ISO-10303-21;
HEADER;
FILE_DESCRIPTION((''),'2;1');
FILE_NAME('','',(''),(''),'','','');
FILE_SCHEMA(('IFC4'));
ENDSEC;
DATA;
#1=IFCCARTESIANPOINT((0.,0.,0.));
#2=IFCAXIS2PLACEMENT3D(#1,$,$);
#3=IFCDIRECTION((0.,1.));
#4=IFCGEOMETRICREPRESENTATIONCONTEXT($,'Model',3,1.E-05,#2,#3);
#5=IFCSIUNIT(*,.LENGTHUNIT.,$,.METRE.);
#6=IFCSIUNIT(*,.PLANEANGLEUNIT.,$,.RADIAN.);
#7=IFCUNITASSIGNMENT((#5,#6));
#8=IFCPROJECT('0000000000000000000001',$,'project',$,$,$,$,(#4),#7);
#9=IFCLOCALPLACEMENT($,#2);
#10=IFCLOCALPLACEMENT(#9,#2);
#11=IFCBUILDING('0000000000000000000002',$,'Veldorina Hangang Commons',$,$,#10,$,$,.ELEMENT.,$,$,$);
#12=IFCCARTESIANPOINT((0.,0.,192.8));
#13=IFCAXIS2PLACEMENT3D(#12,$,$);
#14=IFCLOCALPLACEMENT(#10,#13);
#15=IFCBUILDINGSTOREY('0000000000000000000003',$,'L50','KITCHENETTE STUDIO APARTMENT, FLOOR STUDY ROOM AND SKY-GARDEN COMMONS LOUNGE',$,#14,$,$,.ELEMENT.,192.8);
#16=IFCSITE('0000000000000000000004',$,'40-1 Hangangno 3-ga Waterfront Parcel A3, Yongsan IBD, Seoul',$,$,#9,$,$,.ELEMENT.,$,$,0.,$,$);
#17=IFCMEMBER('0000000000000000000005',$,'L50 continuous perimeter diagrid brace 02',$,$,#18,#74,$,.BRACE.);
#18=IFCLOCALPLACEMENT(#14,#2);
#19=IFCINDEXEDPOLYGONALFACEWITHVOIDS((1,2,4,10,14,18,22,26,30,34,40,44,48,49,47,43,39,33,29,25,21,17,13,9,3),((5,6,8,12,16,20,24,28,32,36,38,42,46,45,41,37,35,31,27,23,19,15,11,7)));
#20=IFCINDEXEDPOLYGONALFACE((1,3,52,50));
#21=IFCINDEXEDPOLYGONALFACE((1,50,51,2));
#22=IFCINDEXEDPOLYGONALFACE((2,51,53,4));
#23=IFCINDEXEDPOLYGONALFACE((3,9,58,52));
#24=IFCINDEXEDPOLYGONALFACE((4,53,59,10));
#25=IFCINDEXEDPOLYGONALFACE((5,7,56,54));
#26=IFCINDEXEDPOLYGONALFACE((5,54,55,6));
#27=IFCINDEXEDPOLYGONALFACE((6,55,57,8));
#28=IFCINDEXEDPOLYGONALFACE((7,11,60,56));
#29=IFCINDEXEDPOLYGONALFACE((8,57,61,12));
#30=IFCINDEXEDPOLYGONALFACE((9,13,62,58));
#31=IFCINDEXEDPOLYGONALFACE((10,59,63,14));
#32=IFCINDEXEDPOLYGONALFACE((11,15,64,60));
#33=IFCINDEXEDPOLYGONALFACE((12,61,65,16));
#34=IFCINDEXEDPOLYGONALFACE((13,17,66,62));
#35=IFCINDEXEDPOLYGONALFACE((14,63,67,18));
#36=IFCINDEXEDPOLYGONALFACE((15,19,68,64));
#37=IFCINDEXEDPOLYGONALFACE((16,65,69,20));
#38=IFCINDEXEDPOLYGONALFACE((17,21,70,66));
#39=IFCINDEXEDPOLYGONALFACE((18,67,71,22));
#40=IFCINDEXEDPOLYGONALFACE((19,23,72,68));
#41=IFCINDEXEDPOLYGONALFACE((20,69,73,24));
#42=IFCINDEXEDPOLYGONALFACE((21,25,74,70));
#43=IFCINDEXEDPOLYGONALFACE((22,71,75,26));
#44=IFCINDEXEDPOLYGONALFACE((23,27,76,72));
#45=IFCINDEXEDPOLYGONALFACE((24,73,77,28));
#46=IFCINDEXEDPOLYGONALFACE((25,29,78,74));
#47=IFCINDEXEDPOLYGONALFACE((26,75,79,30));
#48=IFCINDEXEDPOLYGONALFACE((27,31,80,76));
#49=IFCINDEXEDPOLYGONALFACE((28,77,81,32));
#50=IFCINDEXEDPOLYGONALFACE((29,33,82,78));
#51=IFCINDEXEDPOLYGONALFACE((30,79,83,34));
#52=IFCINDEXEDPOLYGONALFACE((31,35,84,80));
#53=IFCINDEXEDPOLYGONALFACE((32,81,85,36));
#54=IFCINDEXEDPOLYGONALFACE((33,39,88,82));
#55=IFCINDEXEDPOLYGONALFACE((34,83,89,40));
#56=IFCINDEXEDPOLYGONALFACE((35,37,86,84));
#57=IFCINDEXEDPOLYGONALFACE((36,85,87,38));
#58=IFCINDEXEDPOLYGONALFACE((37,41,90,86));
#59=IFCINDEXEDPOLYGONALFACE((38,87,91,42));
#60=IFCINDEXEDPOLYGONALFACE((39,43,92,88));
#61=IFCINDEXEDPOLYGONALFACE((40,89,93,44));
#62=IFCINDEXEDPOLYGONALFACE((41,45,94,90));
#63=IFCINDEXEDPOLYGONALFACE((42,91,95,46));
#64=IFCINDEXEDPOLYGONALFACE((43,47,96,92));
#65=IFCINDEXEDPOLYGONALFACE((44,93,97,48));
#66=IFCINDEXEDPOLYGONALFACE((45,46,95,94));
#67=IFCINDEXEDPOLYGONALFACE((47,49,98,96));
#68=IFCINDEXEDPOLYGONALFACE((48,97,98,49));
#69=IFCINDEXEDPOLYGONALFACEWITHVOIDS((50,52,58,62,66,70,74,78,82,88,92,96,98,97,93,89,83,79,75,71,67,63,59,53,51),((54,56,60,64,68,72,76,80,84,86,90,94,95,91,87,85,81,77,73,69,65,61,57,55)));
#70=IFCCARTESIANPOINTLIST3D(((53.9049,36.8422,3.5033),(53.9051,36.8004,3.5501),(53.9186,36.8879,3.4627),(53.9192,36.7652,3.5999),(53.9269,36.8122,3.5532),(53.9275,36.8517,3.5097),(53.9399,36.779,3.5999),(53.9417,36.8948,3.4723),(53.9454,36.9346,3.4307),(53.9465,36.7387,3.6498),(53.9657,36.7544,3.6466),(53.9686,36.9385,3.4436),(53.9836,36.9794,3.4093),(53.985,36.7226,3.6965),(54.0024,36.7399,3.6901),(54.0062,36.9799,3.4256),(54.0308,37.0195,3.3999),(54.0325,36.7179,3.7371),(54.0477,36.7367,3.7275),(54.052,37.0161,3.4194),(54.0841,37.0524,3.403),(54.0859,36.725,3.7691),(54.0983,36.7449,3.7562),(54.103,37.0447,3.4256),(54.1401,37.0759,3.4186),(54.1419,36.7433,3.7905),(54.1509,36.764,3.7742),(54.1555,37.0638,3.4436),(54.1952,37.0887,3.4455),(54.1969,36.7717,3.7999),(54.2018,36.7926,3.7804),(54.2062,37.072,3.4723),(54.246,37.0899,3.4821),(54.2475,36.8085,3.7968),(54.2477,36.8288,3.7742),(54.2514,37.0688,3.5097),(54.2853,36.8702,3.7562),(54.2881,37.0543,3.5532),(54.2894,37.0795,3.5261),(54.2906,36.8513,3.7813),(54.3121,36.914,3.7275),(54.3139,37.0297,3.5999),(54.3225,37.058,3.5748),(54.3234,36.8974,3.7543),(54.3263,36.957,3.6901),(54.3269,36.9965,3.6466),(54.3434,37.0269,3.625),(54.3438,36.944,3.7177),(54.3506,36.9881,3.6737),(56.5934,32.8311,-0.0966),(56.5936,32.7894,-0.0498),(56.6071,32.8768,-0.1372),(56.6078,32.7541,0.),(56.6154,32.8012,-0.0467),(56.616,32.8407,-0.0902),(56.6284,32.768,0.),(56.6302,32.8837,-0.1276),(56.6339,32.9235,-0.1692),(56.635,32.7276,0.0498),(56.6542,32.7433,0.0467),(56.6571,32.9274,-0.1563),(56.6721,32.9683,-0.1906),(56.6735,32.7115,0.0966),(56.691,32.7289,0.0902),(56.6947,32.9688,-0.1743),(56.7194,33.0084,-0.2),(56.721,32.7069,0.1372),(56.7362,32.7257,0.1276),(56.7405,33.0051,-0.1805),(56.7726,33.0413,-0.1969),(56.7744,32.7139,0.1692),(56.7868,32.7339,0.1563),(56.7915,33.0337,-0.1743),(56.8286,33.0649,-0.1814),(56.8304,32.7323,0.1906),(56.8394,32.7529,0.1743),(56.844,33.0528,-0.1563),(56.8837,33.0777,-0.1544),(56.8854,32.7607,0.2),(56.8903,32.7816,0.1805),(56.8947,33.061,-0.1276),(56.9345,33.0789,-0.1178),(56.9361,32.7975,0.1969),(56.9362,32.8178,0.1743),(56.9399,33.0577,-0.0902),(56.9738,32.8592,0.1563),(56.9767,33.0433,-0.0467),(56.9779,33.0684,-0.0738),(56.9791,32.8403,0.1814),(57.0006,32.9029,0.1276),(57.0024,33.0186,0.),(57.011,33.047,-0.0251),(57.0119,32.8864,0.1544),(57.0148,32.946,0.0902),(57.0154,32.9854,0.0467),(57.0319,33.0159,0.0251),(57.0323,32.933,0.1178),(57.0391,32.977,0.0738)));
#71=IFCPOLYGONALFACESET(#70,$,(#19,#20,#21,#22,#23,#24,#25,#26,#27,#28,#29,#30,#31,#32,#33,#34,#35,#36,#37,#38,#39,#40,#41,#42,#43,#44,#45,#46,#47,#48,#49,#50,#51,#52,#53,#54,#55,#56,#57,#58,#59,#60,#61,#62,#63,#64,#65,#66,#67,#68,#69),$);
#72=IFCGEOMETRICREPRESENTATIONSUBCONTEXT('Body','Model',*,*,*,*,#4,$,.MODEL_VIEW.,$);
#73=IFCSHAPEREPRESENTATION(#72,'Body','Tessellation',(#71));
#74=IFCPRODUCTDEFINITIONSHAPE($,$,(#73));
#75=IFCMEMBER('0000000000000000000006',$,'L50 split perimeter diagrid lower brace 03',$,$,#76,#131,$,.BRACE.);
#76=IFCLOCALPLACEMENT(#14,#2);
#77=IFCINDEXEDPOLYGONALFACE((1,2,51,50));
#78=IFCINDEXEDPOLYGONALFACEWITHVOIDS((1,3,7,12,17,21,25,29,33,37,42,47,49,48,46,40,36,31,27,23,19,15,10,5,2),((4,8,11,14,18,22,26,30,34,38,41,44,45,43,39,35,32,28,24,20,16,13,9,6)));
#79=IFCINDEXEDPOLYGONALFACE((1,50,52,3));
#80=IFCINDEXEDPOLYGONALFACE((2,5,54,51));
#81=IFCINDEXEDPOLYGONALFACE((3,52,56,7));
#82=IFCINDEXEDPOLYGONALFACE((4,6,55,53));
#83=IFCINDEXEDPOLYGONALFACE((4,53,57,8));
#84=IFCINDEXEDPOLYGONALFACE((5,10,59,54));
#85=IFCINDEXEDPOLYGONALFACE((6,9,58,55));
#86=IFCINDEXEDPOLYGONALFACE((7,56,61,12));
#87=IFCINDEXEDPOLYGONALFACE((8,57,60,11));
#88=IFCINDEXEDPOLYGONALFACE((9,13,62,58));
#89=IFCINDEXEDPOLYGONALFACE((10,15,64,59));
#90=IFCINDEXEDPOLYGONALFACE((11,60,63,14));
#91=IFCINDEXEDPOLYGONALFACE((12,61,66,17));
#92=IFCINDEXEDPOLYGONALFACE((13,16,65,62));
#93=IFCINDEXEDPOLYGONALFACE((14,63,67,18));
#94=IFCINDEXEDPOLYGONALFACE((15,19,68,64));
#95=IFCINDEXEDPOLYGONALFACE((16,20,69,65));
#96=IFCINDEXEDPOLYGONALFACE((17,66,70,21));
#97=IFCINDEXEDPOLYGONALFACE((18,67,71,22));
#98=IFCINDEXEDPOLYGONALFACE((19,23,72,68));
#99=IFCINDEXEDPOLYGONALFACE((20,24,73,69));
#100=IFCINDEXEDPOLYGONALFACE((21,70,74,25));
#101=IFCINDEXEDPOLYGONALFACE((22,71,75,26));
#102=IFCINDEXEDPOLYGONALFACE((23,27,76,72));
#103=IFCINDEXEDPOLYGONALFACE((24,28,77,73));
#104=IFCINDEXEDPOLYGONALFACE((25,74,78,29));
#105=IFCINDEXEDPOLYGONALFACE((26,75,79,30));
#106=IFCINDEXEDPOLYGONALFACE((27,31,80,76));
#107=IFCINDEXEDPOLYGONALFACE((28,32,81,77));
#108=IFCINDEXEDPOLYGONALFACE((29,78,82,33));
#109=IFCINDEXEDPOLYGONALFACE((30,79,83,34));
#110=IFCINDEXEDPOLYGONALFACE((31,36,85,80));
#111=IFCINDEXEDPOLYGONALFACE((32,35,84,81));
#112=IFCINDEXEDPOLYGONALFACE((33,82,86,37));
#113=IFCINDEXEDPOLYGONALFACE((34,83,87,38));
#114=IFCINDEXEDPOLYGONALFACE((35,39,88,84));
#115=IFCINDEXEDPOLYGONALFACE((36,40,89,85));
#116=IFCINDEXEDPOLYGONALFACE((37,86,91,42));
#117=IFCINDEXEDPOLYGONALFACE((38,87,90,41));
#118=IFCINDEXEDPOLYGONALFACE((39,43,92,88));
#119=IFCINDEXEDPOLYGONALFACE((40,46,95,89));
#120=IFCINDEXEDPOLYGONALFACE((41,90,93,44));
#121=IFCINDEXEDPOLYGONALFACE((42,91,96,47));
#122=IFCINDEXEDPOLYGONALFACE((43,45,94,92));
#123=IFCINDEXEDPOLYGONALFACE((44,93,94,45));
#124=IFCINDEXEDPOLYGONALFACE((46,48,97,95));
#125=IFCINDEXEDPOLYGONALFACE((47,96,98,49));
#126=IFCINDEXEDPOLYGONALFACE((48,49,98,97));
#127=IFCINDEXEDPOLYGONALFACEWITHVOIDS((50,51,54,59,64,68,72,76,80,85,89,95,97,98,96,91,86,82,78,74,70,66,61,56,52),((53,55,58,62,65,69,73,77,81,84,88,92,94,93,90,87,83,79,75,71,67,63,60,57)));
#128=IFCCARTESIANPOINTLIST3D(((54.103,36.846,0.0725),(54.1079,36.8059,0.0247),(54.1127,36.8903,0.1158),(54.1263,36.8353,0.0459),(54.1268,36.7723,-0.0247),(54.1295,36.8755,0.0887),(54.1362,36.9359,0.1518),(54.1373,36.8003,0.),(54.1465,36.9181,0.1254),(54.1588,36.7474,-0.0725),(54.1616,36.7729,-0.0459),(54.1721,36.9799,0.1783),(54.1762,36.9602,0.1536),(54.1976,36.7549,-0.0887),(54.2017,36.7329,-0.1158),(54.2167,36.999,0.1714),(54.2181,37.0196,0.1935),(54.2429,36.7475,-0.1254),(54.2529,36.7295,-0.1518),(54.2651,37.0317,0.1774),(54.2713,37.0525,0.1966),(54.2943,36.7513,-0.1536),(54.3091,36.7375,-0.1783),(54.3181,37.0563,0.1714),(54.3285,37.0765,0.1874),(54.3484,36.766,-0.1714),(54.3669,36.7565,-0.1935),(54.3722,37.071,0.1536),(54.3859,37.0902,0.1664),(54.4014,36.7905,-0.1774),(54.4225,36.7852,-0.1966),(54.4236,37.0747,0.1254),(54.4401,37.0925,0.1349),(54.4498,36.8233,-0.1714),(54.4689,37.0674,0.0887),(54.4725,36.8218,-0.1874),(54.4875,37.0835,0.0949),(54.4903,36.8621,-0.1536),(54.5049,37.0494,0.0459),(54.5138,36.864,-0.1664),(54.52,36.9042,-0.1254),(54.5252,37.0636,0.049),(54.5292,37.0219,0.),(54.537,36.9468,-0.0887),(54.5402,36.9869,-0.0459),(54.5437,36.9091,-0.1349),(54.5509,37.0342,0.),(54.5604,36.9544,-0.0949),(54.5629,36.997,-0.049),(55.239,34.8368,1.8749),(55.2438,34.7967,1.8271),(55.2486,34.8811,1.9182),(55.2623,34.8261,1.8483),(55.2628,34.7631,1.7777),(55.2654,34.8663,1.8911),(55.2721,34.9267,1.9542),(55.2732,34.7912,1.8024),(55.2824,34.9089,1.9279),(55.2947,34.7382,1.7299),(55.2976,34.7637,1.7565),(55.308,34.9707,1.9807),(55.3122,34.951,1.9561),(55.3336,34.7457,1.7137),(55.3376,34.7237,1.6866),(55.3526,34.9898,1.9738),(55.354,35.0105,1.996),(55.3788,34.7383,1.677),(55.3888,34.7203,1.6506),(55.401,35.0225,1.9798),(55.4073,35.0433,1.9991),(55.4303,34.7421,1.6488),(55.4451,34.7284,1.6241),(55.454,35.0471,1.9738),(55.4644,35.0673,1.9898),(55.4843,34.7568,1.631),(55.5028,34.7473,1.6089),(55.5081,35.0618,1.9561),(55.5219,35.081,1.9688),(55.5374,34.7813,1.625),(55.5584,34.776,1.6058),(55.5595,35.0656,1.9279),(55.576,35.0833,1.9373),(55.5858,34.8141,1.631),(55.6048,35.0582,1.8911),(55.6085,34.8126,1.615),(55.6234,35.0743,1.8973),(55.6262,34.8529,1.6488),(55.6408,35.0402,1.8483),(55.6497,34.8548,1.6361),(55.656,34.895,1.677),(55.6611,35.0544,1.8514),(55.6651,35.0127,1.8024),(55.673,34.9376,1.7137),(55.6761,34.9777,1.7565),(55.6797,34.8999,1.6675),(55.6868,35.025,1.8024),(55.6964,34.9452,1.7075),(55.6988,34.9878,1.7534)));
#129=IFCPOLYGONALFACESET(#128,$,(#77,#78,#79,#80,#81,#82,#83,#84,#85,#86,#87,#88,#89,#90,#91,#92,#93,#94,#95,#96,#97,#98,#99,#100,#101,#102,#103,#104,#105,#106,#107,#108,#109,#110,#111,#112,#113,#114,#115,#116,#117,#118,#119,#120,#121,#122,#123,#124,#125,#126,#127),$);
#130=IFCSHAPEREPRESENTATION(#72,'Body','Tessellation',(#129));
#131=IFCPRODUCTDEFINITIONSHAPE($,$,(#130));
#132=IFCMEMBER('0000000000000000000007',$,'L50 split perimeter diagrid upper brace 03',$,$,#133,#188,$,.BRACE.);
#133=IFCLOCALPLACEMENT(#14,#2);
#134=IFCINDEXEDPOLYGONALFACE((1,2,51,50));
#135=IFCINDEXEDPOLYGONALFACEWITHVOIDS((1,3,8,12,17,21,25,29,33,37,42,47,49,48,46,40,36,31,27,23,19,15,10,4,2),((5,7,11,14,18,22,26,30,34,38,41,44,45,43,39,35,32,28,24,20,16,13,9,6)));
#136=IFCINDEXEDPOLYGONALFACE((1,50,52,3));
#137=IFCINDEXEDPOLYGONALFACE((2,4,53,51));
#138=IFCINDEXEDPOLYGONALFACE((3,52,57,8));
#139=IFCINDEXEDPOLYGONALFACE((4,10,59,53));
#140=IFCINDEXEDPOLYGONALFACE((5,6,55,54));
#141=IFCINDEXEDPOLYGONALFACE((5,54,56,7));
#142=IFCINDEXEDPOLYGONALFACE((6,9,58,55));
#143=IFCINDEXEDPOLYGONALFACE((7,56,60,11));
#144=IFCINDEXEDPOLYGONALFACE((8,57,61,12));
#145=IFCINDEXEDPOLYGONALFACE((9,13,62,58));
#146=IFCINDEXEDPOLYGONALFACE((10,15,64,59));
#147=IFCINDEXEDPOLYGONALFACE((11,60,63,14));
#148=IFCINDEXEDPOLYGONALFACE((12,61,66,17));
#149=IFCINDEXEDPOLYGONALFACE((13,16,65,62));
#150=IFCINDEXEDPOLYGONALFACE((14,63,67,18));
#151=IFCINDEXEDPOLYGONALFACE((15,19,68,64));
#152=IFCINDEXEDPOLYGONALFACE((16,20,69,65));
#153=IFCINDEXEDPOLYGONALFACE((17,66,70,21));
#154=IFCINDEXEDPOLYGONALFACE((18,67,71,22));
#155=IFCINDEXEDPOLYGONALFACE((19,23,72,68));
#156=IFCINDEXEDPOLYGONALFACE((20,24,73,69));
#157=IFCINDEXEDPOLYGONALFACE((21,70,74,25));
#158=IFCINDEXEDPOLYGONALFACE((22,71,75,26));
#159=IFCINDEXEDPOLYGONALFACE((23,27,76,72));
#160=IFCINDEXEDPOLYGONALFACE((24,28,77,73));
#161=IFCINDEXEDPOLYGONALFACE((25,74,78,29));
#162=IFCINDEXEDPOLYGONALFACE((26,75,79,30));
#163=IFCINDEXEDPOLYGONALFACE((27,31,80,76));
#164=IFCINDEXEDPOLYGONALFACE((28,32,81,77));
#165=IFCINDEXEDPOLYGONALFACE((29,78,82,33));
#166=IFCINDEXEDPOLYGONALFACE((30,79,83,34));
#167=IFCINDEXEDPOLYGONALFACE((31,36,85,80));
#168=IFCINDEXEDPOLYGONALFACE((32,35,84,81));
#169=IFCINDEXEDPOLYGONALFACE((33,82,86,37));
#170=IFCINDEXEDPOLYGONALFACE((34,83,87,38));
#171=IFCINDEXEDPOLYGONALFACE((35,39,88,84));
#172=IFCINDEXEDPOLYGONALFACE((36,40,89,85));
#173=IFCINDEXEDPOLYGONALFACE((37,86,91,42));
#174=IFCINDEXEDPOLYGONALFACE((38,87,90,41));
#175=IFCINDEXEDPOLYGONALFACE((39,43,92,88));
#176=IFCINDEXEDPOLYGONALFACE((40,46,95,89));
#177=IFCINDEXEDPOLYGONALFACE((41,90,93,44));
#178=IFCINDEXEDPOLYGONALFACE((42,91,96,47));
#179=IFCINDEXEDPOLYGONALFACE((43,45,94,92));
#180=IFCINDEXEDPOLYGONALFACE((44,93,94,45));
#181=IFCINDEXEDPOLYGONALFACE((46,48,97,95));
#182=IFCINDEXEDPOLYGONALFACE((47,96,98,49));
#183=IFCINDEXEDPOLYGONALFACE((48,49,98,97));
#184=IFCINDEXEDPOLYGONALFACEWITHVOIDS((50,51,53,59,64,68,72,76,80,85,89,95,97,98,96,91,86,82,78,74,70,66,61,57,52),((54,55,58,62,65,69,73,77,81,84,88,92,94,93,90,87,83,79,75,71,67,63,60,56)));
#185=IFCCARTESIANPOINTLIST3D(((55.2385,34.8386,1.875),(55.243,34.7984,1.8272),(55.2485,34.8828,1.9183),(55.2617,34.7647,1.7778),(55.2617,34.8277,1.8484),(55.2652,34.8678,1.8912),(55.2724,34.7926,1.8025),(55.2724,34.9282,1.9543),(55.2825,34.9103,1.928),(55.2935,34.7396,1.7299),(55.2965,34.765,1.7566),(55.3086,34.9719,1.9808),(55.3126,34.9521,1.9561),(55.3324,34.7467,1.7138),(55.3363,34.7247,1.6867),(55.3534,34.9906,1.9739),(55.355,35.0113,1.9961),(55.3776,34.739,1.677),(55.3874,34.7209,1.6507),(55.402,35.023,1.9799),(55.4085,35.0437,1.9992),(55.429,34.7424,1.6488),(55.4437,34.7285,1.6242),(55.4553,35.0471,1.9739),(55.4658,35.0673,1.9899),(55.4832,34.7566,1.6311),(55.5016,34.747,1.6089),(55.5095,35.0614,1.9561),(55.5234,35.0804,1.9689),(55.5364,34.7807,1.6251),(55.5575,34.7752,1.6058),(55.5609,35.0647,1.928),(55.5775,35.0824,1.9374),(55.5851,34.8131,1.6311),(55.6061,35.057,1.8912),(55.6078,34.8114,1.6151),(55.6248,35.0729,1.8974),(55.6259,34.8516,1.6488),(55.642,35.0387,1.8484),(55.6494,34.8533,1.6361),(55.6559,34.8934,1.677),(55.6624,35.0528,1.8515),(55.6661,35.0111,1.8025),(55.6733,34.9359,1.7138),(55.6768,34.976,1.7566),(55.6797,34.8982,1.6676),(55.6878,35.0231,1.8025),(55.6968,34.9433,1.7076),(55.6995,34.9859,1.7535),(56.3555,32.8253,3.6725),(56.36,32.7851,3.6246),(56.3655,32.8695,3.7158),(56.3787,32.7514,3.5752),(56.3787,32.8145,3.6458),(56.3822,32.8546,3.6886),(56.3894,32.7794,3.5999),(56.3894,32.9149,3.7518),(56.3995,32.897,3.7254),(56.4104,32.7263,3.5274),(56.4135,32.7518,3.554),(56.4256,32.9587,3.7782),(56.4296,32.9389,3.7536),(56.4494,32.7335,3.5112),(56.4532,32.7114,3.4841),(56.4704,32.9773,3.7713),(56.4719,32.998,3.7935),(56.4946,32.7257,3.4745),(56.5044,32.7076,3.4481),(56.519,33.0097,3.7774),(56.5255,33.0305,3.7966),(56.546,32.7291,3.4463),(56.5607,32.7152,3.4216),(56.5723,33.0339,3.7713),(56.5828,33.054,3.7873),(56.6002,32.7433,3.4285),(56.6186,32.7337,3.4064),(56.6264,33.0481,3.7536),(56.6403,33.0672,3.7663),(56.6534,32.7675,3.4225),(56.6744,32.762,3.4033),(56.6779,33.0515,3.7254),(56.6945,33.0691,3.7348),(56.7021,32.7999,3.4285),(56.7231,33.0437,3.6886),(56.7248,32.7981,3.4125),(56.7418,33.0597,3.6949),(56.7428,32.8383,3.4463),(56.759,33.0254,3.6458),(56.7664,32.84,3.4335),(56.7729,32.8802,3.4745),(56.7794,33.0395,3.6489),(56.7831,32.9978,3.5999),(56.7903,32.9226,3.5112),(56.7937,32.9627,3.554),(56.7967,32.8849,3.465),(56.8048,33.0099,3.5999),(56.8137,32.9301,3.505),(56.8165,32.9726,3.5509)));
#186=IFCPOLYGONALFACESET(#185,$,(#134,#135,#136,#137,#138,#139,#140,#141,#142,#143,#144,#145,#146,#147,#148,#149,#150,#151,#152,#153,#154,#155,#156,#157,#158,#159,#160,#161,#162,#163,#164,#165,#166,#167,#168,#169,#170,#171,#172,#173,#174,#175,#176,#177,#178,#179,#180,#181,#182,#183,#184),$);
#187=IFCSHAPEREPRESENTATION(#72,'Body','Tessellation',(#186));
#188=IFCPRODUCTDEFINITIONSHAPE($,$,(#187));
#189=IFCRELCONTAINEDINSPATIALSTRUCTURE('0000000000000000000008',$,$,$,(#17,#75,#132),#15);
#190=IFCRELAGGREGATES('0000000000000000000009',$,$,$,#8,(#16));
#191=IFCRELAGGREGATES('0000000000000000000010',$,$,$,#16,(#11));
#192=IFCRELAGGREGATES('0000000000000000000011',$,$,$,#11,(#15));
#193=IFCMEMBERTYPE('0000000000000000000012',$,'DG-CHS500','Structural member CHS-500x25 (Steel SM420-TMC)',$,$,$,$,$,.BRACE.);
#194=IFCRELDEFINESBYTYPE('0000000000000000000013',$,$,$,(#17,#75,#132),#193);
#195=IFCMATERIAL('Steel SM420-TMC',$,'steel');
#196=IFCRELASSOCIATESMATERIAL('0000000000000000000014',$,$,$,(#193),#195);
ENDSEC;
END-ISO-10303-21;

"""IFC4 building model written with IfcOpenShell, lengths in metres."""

from ifc_helpers import new_model, si_unit, direction, frame, origin, origin_2d, place, context, subcontext, project, spatial, hollow_circle, extrude, material, material_profile, profile_set, type_object, element, save


model = new_model("IFC4")

# Units and contexts
model_context = context("Model", 3, precision=1e-05, world=origin(), true_north=direction((0.0, 1.0)))
body_context = subcontext(model_context, "Body", "Model", "MODEL_VIEW")
ifc_project = project(units=[si_unit("LENGTHUNIT", "METRE"), si_unit("PLANEANGLEUNIT", "RADIAN")], contexts=[model_context])

# Site, building, storey
site_placement = place(None, origin())
site = spatial("IfcSite", under=ifc_project, at=site_placement, Name="40-1 Hangangno 3-ga Waterfront Parcel A3, Yongsan IBD, Seoul", CompositionType="ELEMENT", RefElevation=0.0)
building_placement = place(site_placement, origin())
building = spatial("IfcBuilding", under=site, at=building_placement, Name="Veldorina Hangang Commons", CompositionType="ELEMENT")
storey_placement = place(building_placement, frame((0.0, 0.0, 192.8)))
storey = spatial("IfcBuildingStorey", under=building, at=storey_placement, Name="L50", Description="KITCHENETTE STUDIO APARTMENT, FLOOR STUDY ROOM AND SKY-GARDEN COMMONS LOUNGE", CompositionType="ELEMENT", Elevation=192.8)

# Shared definitions
ifc_material_1 = material(Name="Steel SM420-TMC", Category="steel")

# Members
ifc_material_profile_1 = material_profile(ifc_material_1, hollow_circle(Radius=0.25, WallThickness=0.0249, at=origin_2d()), Name="CHS-500x25")
ifc_profile_set_1 = profile_set([ifc_material_profile_1], Name="Steel SM420-TMC")
member_type_1 = type_object("IfcMemberType", Name="DG-CHS500", Description="Structural member CHS-500x25 (Steel SM420-TMC)", PredefinedType="BRACE", material=ifc_profile_set_1)
member_1_placement = place(storey_placement, frame((56.8154, 32.8933, 0.0), z_axis=(-0.446379, 0.66596, 0.597698), x_axis=(-0.830663, -0.556775, 0.0)))
element("IfcMember", 1, at=member_1_placement, inside=storey, type_object=member_type_1, Name="L50 continuous perimeter diagrid brace 02", PredefinedType="BRACE", context=body_context, shape_type="SweptSolid", body=[
    extrude(hollow_circle(Radius=0.25, WallThickness=0.0249, at=origin_2d()), origin(), (0.0, 0.0, 1.0), 6.0229),
])
member_2_placement = place(storey_placement, frame((54.3333, 36.9111, 0.0), z_axis=(0.387895, -0.686091, 0.615481), x_axis=(0.870506, 0.492158, 0.0)))
element("IfcMember", 2, at=member_2_placement, inside=storey, type_object=member_type_1, Name="L50 split perimeter diagrid lower brace 03", PredefinedType="BRACE", context=body_context, shape_type="SweptSolid", body=[
    extrude(hollow_circle(Radius=0.25, WallThickness=0.0249, at=origin_2d()), origin(), (0.0, 0.0, 1.0), 2.9285),
])
member_3_placement = place(storey_placement, frame((55.4692, 34.9019, 1.8025), z_axis=(0.382412, -0.689261, 0.61537), x_axis=(0.874432, 0.485148, 0.0)))
element("IfcMember", 3, at=member_3_placement, inside=storey, type_object=member_type_1, Name="L50 split perimeter diagrid upper brace 03", PredefinedType="BRACE", context=body_context, shape_type="SweptSolid", body=[
    extrude(hollow_circle(Radius=0.25, WallThickness=0.0249, at=origin_2d()), origin(), (0.0, 0.0, 1.0), 2.9209),
])

save(model, "model.ifc")
